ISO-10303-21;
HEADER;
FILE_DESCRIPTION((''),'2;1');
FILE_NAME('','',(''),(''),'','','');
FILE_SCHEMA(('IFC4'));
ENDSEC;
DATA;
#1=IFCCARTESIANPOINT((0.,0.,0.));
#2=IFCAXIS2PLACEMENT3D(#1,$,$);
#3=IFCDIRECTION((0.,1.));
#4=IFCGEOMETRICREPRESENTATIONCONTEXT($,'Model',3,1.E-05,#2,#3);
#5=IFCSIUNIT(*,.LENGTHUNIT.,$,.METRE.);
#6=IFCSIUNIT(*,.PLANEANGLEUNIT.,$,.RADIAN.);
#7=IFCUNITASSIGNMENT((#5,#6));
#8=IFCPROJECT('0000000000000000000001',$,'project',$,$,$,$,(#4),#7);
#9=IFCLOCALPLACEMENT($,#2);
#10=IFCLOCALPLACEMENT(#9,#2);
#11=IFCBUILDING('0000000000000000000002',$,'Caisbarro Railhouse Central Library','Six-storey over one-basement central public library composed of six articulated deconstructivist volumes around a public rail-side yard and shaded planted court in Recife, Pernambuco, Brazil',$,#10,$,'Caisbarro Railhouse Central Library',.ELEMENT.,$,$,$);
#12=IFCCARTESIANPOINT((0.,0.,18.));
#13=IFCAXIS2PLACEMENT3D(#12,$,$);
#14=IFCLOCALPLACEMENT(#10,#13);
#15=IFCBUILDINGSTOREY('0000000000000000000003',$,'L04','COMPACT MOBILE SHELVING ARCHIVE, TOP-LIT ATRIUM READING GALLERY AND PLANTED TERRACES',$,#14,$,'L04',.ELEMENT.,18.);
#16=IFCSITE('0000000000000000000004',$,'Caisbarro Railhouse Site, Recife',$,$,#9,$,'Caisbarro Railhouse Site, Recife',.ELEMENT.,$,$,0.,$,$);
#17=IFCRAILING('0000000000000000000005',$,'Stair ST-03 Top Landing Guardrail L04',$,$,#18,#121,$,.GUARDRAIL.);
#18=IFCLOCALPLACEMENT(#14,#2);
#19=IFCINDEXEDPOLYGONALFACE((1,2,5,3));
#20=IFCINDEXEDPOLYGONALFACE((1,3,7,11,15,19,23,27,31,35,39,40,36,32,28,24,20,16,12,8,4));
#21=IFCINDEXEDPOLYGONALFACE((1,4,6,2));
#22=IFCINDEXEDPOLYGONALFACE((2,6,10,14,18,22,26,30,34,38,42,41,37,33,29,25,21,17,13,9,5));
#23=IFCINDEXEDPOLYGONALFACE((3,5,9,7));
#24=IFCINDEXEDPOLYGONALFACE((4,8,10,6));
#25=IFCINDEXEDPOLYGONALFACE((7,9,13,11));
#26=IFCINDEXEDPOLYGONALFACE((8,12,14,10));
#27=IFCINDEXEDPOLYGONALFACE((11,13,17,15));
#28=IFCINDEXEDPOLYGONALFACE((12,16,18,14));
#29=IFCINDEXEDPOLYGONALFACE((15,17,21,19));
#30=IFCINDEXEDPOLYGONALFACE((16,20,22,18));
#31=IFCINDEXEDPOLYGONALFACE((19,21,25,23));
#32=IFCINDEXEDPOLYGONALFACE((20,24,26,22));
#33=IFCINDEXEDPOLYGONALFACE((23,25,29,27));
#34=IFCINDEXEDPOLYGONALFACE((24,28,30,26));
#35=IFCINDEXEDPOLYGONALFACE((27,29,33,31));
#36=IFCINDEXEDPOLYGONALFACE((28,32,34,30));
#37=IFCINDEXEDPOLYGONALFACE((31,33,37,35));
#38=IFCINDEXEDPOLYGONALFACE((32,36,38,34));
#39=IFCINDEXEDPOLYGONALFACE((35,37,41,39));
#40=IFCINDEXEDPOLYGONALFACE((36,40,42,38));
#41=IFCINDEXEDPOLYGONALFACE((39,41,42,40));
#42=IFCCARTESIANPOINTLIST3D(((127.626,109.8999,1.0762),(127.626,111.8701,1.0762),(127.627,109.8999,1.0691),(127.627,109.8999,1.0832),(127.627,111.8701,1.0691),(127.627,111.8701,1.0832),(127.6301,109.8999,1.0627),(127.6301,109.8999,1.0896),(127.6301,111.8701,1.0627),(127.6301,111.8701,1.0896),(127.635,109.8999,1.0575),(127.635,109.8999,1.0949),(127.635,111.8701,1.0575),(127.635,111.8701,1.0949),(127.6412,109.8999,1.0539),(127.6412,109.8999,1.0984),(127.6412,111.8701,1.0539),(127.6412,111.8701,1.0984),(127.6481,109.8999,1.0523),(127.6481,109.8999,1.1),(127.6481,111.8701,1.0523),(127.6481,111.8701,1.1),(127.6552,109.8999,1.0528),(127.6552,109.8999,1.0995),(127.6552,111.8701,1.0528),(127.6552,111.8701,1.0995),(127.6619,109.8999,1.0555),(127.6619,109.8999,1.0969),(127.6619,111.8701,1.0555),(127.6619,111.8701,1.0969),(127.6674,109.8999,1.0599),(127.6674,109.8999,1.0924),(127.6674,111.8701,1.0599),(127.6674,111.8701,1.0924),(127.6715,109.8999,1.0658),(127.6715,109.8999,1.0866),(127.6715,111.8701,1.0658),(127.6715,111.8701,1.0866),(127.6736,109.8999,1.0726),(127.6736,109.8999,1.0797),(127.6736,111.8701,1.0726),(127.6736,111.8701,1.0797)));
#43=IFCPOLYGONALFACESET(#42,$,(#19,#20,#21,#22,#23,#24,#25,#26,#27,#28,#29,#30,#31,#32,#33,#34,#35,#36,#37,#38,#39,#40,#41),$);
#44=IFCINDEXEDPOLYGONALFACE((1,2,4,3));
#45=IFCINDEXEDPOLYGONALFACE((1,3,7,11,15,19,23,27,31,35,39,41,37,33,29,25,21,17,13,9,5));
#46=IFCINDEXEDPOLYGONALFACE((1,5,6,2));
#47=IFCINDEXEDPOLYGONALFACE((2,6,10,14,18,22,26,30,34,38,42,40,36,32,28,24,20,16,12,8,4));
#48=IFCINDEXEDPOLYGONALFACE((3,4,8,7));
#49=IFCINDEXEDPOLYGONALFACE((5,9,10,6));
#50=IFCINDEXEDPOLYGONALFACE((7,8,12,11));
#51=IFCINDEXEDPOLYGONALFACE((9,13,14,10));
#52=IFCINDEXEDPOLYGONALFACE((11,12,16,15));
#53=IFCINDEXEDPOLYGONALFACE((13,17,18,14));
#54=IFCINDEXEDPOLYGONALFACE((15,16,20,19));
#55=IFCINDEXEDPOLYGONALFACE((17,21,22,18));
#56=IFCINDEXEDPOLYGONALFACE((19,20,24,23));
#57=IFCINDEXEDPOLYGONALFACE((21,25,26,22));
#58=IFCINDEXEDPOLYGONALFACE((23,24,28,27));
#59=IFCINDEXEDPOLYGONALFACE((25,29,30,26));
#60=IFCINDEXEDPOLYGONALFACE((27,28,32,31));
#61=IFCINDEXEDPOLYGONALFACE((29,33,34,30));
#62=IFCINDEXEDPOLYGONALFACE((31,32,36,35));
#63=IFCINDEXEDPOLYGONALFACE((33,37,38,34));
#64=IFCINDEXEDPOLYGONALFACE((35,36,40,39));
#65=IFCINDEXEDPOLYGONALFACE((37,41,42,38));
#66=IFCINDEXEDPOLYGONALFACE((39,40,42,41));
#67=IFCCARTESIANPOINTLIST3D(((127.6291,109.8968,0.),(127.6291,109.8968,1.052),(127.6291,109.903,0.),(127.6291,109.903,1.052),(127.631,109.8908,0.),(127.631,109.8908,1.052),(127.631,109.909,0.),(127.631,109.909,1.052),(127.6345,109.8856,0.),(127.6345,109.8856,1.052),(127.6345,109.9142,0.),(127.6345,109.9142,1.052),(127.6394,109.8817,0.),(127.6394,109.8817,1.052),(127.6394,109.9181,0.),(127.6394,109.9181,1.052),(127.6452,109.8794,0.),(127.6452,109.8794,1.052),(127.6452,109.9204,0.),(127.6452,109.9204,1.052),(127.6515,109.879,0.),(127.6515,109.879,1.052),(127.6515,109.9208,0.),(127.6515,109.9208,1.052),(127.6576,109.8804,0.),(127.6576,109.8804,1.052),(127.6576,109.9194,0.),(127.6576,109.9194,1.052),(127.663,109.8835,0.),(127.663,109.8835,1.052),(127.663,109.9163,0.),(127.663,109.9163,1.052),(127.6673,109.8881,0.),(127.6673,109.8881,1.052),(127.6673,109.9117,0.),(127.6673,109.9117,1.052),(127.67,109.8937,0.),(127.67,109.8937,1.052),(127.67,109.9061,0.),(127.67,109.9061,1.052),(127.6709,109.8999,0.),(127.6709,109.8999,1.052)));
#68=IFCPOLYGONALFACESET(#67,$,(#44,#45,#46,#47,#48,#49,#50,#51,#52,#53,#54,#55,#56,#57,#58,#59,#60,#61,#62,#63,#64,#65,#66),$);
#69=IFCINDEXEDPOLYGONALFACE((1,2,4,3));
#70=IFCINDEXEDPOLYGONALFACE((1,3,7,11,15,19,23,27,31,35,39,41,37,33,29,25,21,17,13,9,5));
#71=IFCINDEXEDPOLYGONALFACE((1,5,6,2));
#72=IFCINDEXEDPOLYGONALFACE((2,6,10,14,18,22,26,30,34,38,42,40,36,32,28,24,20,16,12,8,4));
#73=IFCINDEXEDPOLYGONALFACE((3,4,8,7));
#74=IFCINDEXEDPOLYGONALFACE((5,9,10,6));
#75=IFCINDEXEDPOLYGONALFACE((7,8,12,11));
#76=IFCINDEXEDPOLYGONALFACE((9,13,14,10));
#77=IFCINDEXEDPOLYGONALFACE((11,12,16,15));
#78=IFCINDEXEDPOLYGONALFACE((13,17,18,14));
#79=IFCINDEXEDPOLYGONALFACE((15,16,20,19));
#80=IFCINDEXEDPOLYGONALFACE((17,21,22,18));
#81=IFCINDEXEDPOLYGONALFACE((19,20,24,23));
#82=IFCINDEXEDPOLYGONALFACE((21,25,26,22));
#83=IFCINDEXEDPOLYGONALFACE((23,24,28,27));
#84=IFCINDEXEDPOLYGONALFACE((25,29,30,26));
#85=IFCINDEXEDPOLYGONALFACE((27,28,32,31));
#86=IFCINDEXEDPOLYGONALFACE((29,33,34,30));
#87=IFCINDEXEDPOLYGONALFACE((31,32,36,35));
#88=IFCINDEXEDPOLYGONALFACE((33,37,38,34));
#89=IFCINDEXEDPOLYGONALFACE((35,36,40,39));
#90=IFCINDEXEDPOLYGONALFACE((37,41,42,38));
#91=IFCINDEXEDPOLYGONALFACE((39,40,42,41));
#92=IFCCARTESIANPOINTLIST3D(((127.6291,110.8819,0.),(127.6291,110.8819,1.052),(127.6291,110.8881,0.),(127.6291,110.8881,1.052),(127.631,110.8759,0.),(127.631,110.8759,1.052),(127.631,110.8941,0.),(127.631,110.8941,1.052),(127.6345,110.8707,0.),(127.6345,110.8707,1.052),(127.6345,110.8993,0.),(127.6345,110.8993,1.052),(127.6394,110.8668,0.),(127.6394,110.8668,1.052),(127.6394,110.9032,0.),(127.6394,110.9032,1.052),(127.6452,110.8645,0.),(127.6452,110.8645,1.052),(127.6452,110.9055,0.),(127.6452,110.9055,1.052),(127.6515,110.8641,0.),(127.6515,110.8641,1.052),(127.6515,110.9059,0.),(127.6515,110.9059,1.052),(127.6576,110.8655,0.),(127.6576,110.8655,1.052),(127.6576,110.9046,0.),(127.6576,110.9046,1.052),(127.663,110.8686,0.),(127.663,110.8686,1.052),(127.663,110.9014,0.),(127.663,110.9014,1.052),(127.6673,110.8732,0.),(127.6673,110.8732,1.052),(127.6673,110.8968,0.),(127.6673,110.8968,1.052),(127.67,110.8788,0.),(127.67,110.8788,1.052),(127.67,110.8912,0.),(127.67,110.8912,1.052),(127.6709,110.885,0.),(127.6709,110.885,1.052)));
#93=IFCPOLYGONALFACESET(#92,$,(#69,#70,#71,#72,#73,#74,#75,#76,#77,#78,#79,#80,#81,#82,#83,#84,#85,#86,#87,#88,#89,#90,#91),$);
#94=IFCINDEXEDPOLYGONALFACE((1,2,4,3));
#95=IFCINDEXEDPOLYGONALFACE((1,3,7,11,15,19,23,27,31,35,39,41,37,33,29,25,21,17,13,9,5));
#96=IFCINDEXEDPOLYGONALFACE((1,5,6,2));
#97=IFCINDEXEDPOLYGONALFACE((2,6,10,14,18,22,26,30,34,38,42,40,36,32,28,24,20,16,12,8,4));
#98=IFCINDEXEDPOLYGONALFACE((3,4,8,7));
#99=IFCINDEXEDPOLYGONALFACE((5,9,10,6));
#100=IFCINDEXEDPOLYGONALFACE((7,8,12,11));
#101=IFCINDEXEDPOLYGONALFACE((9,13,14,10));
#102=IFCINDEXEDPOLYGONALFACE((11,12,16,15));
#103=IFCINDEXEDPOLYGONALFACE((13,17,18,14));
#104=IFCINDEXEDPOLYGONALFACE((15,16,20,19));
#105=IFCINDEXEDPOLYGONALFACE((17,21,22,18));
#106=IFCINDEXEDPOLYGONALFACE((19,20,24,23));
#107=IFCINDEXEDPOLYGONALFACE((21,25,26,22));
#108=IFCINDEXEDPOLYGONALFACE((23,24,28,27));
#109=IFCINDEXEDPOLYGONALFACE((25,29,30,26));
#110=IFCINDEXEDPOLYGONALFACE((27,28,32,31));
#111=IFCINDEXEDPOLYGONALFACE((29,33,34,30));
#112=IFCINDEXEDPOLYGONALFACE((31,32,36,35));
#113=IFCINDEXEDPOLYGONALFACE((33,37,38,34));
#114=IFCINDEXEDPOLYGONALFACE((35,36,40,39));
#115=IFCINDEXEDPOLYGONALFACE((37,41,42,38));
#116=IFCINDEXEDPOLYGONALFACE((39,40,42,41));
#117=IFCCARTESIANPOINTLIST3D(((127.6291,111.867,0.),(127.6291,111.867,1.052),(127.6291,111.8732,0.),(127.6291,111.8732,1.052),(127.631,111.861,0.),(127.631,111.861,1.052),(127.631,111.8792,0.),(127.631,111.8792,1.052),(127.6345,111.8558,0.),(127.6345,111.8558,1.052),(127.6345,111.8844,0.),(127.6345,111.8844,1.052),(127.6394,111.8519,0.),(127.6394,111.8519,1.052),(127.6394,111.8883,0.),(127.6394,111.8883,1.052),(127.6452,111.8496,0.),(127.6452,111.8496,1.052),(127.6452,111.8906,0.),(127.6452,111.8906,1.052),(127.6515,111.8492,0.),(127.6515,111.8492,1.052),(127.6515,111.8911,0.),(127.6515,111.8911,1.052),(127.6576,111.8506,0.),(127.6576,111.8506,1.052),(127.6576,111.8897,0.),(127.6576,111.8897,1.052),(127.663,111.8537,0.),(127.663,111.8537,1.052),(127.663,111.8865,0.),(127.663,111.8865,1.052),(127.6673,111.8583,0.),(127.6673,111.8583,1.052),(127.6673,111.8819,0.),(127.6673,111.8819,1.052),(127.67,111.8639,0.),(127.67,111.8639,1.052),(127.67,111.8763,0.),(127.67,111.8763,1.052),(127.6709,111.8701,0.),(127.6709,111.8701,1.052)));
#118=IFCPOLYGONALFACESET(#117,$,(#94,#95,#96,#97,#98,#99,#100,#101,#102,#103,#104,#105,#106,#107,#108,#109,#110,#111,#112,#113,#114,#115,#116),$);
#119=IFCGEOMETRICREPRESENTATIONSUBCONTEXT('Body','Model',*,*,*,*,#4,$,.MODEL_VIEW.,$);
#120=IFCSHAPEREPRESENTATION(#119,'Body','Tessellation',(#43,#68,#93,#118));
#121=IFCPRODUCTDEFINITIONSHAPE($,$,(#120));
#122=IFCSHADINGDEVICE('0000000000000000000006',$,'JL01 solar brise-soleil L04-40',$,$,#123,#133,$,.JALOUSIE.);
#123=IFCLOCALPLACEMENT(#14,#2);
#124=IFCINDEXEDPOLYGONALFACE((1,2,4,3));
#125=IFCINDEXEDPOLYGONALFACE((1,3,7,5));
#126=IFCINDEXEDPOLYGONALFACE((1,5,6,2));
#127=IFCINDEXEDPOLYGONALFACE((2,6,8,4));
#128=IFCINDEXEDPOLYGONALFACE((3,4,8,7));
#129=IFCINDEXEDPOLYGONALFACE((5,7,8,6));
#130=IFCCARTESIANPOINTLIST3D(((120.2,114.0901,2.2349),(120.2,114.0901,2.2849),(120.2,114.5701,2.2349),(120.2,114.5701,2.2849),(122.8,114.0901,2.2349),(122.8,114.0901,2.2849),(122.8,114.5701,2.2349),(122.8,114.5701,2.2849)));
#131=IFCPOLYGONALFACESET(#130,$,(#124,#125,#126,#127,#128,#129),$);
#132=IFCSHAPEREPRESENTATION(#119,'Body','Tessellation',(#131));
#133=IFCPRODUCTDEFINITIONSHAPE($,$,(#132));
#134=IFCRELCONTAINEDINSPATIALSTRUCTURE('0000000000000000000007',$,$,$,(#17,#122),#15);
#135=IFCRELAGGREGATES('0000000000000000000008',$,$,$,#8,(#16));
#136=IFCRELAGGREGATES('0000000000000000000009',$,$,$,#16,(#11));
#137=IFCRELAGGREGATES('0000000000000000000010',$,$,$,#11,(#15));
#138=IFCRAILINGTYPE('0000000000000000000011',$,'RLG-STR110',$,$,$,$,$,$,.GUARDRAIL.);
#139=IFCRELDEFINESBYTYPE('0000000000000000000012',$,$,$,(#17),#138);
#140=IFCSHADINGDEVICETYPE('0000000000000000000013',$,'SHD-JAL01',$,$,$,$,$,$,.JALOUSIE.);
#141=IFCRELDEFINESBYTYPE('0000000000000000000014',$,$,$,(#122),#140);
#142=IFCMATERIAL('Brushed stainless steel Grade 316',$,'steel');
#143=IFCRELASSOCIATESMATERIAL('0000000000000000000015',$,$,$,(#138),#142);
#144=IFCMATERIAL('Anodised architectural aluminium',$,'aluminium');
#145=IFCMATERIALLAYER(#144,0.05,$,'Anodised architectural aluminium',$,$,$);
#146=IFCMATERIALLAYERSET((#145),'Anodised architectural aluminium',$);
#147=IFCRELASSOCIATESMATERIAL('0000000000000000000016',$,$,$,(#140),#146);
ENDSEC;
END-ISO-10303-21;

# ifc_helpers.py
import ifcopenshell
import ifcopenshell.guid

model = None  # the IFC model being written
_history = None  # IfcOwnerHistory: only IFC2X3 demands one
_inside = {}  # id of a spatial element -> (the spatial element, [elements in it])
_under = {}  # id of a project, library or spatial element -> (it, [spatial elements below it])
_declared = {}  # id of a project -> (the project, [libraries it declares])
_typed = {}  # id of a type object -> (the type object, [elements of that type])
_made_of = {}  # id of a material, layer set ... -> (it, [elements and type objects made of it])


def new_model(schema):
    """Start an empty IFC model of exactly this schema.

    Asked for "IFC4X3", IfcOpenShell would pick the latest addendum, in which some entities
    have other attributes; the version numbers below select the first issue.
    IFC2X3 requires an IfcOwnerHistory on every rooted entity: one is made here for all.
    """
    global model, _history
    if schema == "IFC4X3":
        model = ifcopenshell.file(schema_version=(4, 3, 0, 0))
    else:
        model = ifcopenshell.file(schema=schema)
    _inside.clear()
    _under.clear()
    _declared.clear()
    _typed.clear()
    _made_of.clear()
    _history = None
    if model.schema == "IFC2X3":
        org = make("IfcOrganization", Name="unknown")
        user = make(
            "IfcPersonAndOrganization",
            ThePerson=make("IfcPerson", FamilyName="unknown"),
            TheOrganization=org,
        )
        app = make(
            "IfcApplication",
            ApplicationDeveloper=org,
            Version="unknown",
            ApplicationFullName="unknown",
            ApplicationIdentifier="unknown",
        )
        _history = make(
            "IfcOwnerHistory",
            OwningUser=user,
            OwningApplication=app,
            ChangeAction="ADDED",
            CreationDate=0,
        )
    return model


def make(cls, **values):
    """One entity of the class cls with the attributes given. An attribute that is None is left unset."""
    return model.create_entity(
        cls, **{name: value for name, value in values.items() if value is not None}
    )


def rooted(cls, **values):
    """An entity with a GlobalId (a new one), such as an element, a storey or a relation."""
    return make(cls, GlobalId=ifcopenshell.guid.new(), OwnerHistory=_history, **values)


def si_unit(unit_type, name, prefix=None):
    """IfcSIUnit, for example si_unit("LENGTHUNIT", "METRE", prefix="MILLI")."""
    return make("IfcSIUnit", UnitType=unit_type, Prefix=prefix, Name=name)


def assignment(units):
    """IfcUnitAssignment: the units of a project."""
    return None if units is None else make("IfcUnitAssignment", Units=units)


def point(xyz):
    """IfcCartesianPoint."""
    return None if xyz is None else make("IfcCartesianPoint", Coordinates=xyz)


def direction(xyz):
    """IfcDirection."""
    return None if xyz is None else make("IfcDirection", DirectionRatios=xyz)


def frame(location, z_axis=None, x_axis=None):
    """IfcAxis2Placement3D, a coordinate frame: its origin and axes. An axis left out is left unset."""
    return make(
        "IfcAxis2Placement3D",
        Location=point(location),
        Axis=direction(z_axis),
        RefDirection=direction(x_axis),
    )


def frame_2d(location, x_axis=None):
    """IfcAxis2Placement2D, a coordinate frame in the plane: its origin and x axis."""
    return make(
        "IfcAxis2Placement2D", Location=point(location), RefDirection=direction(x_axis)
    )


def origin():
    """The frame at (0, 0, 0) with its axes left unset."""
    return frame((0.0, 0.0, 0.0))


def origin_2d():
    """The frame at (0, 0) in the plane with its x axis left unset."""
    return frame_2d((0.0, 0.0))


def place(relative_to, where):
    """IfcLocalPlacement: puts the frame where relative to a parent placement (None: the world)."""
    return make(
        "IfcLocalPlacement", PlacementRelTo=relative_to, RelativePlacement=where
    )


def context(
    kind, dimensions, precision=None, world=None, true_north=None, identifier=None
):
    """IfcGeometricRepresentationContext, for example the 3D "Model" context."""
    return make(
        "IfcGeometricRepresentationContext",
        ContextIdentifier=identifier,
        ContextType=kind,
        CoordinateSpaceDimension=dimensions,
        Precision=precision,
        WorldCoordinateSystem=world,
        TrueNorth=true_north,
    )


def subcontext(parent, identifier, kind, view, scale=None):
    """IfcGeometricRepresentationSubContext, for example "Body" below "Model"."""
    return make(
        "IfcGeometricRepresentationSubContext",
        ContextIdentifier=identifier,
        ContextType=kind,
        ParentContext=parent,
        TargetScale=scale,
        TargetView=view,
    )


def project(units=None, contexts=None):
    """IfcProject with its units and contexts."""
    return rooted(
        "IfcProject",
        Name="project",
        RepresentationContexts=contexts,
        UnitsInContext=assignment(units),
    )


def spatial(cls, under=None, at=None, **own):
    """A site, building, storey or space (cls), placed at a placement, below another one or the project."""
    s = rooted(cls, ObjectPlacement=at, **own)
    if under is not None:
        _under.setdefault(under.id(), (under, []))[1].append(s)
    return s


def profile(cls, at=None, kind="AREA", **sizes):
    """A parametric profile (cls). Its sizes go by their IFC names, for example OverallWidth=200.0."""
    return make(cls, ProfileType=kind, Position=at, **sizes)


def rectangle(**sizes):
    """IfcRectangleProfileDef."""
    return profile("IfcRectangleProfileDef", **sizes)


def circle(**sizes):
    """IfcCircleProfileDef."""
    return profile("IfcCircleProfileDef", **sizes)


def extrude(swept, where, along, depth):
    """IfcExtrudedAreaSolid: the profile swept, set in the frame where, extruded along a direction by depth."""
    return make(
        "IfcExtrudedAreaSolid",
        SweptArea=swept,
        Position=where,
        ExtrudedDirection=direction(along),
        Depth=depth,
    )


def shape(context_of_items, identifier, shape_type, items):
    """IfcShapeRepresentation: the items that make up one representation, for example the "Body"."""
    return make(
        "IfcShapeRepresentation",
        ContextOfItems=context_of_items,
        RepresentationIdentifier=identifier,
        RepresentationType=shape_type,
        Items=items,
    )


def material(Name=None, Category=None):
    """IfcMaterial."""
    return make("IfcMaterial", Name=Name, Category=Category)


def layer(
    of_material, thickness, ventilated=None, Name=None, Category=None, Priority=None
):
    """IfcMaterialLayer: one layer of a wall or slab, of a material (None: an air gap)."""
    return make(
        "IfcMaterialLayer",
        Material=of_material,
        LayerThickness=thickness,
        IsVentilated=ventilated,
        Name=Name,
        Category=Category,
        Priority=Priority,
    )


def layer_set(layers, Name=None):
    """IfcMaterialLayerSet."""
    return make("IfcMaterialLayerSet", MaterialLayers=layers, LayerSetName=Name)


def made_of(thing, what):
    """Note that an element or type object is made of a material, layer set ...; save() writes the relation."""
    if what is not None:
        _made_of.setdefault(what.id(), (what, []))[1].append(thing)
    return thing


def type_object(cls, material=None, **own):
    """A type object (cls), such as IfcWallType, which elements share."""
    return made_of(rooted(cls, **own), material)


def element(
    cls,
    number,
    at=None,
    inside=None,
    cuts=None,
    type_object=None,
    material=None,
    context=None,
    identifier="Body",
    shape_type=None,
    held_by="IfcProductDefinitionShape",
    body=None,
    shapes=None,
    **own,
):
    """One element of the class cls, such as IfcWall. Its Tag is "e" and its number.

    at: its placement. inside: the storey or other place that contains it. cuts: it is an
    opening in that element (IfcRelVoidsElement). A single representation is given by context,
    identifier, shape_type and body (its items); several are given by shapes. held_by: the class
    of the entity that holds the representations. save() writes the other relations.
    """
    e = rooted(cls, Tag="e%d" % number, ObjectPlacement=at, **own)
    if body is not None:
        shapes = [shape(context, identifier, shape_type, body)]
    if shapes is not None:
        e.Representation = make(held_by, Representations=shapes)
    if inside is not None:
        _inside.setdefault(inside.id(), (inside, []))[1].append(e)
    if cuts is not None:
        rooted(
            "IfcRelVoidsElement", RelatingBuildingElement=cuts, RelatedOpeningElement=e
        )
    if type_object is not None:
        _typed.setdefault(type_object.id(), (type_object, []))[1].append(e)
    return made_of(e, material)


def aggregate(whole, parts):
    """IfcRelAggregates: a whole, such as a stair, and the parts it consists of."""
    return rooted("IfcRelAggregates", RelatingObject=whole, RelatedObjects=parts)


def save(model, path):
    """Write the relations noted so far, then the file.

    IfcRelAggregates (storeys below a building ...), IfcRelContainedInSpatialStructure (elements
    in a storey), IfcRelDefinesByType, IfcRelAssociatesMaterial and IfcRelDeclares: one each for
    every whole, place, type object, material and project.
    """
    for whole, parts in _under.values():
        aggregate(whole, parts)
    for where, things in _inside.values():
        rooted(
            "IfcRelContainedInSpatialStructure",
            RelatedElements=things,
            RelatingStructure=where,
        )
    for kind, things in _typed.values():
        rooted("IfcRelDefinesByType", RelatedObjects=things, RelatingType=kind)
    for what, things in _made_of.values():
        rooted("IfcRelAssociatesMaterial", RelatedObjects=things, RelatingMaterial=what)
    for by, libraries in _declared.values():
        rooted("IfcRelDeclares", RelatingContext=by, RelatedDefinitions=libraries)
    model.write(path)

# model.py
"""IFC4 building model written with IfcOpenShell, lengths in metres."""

from ifc_helpers import new_model, si_unit, direction, frame, origin, origin_2d, place, context, subcontext, project, spatial, rectangle, circle, extrude, material, layer, layer_set, type_object, element, save


model = new_model("IFC4")

# Units and contexts
model_context = context("Model", 3, precision=1e-05, world=origin(), true_north=direction((0.0, 1.0)))
body_context = subcontext(model_context, "Body", "Model", "MODEL_VIEW")
ifc_project = project(units=[si_unit("LENGTHUNIT", "METRE"), si_unit("PLANEANGLEUNIT", "RADIAN")], contexts=[model_context])

# Site, building, storey
site_placement = place(None, origin())
site = spatial("IfcSite", under=ifc_project, at=site_placement, Name="Caisbarro Railhouse Site, Recife", LongName="Caisbarro Railhouse Site, Recife", CompositionType="ELEMENT", RefElevation=0.0)
building_placement = place(site_placement, origin())
building = spatial("IfcBuilding", under=site, at=building_placement, Name="Caisbarro Railhouse Central Library", Description="Six-storey over one-basement central public library composed of six articulated deconstructivist volumes around a public rail-side yard and shaded planted court in Recife, Pernambuco, Brazil", LongName="Caisbarro Railhouse Central Library", CompositionType="ELEMENT")
storey_placement = place(building_placement, frame((0.0, 0.0, 18.0)))
storey = spatial("IfcBuildingStorey", under=building, at=storey_placement, Name="L04", Description="COMPACT MOBILE SHELVING ARCHIVE, TOP-LIT ATRIUM READING GALLERY AND PLANTED TERRACES", LongName="L04", CompositionType="ELEMENT", Elevation=18.0)

# Railing
ifc_material_1 = material(Name="Brushed stainless steel Grade 316", Category="steel")
railing_type = type_object("IfcRailingType", Name="RLG-STR110", PredefinedType="GUARDRAIL", material=ifc_material_1)
railing_placement = place(storey_placement, frame((127.6499, 109.8999, 0.0)))
element("IfcRailing", 1, at=railing_placement, inside=storey, type_object=railing_type, Name="Stair ST-03 Top Landing Guardrail L04", PredefinedType="GUARDRAIL", context=body_context, shape_type="SweptSolid", body=[
    extrude(circle(Radius=0.0239, at=origin_2d()), frame((0.0, 0.0, 1.0762), z_axis=(0.0, 1.0, 0.0), x_axis=(-1.0, 0.0, 0.0)), (0.0, 0.0, 1.0), 1.9702),
    extrude(circle(Radius=0.021, at=origin_2d()), origin(), (0.0, 0.0, 1.0), 1.052),
    extrude(circle(Radius=0.021, at=origin_2d()), frame((0.0, 0.9851, 0.0)), (0.0, 0.0, 1.0), 1.052),
    extrude(circle(Radius=0.021, at=origin_2d()), frame((0.0, 1.9702, 0.0)), (0.0, 0.0, 1.0), 1.052),
])

# Shading device
ifc_material_2 = material(Name="Anodised architectural aluminium", Category="aluminium")
ifc_layer_1 = layer(ifc_material_2, 0.05, Name="Anodised architectural aluminium")
ifc_layer_set_1 = layer_set([ifc_layer_1], Name="Anodised architectural aluminium")
shading_device_type = type_object("IfcShadingDeviceType", Name="SHD-JAL01", PredefinedType="JALOUSIE", material=ifc_layer_set_1)
shading_device_placement = place(storey_placement, frame((121.5, 114.3301, 2.2349), z_axis=(0.0, 0.0, 1.0), x_axis=(1.0, 0.0, 0.0)))
element("IfcShadingDevice", 2, at=shading_device_placement, inside=storey, type_object=shading_device_type, Name="JL01 solar brise-soleil L04-40", PredefinedType="JALOUSIE", context=body_context, shape_type="SweptSolid", body=[
    extrude(rectangle(XDim=2.6001, YDim=0.48, at=origin_2d()), origin(), (0.0, 0.0, 1.0), 0.05),
])

save(model, "model.ifc")
